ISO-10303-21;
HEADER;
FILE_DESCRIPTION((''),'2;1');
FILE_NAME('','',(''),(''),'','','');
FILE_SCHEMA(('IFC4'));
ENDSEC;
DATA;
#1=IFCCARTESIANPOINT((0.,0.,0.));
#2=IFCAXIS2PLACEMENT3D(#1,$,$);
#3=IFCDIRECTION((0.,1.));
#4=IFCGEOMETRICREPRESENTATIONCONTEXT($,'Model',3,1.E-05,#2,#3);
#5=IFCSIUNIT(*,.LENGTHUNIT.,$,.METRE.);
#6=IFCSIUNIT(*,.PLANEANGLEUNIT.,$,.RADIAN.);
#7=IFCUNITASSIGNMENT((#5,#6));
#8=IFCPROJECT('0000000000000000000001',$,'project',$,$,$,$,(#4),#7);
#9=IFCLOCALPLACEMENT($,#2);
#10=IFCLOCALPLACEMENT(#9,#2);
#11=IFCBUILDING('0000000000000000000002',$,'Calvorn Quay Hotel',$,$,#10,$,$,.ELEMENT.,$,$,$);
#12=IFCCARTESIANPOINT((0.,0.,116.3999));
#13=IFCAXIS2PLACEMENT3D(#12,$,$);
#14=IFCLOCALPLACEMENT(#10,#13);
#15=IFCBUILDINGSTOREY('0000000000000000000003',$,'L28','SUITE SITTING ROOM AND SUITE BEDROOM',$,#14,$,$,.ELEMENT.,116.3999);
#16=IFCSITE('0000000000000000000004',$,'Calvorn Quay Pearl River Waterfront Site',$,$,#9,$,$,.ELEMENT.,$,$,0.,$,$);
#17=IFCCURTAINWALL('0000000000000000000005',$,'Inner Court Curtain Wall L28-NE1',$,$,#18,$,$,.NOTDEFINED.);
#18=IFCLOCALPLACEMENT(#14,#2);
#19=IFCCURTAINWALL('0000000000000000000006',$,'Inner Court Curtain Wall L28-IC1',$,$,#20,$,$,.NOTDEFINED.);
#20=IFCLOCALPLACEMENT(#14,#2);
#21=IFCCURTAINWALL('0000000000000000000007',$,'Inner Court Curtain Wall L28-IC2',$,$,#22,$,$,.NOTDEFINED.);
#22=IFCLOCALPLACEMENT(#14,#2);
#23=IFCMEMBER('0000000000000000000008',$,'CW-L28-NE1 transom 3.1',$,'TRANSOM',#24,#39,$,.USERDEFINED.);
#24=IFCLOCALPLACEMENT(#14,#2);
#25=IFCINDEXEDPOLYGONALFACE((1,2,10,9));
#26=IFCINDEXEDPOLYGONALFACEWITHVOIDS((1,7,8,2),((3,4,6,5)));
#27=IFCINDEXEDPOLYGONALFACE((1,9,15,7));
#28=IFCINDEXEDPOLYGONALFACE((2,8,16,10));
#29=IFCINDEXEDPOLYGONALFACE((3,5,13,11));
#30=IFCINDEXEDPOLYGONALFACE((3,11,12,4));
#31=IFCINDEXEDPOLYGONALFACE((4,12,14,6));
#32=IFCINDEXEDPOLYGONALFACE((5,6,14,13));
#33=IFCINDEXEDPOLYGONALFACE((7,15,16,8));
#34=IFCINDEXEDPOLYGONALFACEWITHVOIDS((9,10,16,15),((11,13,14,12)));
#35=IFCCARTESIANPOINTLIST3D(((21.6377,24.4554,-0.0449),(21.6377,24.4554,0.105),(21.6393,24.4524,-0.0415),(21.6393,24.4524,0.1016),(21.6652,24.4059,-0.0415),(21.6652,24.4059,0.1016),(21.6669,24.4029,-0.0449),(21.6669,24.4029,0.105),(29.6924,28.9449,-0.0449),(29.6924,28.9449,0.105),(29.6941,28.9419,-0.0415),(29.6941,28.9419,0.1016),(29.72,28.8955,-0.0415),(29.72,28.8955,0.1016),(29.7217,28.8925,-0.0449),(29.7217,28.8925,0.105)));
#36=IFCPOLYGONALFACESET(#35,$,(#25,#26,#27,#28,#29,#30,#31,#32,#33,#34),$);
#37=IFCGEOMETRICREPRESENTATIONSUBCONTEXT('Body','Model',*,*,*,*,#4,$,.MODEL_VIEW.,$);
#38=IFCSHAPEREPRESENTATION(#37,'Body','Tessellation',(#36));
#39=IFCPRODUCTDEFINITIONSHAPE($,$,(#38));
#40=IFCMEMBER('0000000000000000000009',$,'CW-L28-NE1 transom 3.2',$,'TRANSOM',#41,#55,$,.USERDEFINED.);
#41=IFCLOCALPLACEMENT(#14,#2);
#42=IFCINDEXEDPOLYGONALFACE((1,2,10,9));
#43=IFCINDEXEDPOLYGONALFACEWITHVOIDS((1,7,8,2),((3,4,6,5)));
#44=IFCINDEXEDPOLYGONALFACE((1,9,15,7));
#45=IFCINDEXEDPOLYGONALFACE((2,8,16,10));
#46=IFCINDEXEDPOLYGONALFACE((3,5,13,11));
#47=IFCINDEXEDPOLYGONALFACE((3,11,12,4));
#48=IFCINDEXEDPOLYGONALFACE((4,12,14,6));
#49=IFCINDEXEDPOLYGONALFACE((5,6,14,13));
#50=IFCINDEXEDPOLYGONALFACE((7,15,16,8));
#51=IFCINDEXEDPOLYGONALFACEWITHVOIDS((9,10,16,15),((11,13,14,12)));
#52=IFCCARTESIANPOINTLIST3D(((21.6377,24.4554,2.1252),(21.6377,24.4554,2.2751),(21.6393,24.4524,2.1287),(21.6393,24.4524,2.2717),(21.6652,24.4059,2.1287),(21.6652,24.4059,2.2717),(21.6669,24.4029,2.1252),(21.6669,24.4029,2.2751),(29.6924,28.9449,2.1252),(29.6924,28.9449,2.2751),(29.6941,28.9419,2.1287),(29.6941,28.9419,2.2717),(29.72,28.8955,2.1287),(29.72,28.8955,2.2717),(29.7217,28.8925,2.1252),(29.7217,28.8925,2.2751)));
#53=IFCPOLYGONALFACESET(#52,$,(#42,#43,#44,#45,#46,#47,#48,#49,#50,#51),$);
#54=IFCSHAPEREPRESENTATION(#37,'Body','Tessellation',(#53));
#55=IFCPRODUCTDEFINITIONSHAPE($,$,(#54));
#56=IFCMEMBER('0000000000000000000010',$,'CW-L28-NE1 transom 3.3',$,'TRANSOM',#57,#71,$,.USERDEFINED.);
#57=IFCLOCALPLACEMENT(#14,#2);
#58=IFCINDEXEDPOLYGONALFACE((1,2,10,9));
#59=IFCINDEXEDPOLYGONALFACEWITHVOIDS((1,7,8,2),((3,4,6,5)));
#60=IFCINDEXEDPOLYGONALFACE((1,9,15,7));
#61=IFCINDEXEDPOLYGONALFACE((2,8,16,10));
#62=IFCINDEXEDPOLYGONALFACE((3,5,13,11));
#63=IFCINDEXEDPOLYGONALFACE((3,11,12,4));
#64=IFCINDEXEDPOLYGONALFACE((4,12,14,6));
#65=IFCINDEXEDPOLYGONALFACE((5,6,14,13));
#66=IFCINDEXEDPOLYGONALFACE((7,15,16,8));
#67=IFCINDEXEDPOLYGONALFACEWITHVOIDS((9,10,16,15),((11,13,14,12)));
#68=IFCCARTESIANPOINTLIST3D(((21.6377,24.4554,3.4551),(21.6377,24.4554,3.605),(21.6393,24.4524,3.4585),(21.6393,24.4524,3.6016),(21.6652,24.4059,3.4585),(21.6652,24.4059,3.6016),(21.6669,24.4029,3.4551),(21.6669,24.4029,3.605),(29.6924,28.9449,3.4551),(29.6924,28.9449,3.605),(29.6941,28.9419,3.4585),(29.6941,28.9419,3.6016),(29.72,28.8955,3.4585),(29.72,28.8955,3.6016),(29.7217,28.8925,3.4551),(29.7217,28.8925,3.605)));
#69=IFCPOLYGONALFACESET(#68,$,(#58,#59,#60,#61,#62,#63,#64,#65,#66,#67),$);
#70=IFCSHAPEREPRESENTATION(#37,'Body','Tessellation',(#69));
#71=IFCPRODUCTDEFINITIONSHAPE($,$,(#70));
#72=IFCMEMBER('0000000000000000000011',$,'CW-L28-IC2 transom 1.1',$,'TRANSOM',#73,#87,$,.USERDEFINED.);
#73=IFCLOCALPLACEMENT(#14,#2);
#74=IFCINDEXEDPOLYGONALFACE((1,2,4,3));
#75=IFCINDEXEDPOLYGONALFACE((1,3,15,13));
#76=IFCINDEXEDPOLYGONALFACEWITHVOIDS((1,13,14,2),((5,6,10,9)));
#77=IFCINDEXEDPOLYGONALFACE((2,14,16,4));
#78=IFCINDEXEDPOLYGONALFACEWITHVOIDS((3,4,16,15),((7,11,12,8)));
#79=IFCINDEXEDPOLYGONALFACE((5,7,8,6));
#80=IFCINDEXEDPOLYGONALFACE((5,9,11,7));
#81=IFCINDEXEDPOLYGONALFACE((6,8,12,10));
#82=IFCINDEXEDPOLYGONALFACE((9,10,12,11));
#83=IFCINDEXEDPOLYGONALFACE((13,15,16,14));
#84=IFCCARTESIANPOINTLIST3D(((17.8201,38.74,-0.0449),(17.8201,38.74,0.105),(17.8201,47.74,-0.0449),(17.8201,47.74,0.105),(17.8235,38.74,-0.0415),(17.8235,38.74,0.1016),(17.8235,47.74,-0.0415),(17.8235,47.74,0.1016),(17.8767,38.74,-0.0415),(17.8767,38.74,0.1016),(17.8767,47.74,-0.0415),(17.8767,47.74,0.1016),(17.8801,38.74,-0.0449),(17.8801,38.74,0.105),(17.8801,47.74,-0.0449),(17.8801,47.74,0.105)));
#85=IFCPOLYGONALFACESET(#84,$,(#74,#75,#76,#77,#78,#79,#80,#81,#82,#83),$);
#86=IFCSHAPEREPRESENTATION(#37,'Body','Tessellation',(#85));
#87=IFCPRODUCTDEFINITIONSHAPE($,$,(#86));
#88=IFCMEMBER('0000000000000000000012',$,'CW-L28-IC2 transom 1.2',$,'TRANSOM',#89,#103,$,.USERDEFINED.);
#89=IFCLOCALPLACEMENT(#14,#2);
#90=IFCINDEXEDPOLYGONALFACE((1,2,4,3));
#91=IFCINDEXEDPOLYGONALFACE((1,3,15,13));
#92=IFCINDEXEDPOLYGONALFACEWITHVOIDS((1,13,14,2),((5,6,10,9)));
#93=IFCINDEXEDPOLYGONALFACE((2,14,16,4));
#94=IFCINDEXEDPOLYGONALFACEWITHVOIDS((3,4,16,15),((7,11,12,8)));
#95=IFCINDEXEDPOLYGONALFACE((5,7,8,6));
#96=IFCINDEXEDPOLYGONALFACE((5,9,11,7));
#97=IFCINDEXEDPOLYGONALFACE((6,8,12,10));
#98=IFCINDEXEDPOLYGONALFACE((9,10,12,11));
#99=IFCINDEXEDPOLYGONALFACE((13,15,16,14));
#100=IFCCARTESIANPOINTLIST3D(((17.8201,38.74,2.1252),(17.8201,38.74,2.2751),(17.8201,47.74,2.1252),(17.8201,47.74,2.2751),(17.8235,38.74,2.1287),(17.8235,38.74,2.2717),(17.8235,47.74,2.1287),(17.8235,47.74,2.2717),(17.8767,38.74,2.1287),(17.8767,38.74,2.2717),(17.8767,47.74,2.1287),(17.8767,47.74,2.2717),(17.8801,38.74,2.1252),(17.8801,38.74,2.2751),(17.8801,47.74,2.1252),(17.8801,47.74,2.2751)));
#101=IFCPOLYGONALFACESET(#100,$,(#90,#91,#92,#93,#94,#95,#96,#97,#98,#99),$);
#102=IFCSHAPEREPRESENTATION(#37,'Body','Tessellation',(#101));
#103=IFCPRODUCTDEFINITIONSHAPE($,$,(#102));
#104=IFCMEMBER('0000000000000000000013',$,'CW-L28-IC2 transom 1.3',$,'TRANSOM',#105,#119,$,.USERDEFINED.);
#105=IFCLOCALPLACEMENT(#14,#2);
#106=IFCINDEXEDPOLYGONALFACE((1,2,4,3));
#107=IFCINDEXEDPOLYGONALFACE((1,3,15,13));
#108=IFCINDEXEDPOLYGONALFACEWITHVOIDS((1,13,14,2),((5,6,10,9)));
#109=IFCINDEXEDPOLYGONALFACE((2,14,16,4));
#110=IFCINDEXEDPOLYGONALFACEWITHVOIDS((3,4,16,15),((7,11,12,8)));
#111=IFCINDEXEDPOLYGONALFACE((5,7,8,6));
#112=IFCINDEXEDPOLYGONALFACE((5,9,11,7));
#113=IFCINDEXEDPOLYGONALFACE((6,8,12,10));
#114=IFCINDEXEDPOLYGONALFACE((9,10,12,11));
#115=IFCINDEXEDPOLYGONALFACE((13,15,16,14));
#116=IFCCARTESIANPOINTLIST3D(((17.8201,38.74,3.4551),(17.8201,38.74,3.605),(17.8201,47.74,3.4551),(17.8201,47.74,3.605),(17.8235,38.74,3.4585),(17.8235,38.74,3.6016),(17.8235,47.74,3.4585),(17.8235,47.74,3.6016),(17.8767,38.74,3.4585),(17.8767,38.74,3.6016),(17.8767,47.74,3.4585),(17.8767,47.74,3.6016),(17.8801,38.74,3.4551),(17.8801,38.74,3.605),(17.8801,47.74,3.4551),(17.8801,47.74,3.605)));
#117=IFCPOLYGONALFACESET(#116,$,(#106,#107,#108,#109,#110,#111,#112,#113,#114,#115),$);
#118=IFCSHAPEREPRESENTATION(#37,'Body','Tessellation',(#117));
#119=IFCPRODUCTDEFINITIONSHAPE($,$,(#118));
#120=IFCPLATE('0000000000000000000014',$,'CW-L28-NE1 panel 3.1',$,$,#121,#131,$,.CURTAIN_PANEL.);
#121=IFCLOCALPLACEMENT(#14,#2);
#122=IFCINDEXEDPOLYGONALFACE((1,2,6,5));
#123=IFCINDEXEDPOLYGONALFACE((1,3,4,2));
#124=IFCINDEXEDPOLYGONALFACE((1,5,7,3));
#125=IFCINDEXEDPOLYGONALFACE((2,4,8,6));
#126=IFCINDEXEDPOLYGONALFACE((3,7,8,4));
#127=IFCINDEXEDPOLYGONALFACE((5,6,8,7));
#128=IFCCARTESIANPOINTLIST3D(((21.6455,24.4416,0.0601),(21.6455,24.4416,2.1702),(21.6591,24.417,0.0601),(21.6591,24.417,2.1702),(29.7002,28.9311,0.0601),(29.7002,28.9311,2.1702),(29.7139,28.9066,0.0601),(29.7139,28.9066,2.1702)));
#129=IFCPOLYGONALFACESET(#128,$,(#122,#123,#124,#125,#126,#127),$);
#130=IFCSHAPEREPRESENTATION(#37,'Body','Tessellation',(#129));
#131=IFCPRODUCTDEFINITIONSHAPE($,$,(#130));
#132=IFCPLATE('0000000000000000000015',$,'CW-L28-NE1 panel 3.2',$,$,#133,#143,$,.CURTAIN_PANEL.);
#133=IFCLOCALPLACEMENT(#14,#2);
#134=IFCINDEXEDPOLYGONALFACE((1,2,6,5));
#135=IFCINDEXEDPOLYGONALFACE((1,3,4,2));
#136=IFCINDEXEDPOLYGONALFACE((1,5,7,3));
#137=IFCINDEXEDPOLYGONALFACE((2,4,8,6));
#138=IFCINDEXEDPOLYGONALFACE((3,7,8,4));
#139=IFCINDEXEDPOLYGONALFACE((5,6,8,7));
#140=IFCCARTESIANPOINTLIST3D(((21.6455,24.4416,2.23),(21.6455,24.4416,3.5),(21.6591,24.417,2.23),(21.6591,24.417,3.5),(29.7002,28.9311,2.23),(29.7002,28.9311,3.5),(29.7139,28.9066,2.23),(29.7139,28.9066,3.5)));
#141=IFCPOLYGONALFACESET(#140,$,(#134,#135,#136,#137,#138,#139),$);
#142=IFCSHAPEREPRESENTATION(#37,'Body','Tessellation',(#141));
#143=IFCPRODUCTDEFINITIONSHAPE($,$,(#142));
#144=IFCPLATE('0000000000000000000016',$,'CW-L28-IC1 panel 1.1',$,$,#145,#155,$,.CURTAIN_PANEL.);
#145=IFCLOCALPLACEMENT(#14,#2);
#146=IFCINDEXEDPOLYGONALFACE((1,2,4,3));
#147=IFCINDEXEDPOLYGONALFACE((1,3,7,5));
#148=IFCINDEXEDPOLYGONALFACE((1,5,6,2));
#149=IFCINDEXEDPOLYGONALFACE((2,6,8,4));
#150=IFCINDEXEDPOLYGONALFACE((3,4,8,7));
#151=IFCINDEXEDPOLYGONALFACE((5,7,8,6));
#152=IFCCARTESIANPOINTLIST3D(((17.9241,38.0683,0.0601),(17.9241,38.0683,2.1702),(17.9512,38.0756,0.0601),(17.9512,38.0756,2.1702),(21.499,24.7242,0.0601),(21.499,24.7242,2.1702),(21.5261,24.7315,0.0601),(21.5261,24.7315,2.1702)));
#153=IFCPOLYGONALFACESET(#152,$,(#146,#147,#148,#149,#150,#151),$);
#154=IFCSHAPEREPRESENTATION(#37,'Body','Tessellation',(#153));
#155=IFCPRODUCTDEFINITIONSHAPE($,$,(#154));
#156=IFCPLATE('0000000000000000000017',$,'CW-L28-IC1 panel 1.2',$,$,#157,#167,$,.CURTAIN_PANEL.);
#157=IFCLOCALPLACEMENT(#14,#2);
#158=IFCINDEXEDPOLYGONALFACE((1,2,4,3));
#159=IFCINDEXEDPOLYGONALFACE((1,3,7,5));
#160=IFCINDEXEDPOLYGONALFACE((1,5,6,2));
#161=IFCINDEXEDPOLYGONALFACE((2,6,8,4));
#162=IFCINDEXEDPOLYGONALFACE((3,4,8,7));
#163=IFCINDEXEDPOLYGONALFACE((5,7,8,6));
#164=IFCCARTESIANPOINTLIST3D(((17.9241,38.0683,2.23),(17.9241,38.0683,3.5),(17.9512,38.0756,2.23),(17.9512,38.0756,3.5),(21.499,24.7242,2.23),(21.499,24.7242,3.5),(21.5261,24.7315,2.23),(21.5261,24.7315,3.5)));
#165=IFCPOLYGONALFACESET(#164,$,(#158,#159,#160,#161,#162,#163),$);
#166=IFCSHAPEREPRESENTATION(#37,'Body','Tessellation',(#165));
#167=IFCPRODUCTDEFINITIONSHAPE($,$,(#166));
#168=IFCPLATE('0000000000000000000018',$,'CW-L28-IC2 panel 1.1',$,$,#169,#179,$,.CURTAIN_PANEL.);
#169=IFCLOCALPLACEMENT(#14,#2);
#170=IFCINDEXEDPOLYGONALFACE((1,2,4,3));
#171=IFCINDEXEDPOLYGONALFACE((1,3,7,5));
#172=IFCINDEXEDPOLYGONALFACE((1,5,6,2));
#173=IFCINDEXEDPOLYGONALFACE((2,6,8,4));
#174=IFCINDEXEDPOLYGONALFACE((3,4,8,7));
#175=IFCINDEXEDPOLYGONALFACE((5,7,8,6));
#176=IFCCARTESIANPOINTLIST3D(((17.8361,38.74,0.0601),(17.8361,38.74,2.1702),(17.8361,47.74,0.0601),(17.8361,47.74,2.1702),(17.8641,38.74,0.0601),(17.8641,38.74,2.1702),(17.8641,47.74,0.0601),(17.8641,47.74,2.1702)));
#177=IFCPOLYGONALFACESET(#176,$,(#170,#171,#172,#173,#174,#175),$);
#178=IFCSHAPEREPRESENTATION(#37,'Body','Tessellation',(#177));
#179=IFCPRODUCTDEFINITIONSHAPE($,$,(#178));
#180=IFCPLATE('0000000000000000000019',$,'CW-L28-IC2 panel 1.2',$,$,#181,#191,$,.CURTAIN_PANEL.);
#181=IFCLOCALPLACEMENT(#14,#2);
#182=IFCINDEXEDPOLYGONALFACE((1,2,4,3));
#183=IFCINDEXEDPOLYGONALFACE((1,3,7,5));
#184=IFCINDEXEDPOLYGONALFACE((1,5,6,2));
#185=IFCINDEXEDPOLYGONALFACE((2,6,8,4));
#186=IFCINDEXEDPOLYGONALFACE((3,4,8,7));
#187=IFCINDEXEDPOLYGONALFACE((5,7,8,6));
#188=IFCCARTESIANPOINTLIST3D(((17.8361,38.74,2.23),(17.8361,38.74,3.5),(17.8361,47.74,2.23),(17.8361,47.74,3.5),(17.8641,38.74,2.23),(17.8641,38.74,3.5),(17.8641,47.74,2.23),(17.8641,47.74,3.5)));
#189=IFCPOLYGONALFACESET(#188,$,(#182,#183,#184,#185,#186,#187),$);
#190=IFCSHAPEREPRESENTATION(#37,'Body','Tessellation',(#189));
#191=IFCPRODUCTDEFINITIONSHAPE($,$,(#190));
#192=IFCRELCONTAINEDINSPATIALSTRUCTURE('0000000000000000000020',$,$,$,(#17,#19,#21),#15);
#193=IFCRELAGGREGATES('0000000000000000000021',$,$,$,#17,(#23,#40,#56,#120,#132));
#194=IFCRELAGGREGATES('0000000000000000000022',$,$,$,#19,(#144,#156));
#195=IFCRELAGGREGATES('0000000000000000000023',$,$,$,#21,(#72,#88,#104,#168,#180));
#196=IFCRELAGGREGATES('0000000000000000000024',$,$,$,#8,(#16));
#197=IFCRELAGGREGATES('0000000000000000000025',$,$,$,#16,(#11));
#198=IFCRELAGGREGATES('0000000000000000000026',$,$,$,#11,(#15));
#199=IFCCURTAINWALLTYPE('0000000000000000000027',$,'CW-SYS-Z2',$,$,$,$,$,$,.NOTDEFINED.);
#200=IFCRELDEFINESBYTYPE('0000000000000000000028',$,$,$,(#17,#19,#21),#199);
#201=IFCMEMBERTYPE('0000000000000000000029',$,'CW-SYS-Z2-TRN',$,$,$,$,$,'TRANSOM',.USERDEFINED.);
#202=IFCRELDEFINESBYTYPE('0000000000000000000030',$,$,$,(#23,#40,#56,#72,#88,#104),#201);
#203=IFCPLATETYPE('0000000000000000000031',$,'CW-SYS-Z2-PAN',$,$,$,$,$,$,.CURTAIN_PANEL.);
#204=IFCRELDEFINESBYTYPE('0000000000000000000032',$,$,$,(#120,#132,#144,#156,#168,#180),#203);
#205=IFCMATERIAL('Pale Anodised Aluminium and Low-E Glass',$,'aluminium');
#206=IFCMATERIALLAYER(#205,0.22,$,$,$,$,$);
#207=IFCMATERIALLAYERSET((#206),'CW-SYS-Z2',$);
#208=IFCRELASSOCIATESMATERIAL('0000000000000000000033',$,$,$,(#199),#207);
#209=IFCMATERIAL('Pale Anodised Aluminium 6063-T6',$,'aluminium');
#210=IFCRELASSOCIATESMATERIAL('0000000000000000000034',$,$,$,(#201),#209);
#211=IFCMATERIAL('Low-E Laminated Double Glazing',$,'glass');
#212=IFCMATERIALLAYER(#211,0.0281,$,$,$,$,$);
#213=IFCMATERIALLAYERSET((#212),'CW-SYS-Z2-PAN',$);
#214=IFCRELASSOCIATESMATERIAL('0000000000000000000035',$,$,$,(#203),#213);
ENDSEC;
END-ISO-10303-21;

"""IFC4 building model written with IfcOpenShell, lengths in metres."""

from ifc_helpers import new_model, si_unit, direction, frame, origin, origin_2d, place, context, subcontext, project, spatial, rectangle, hollow_rectangle, extrude, material, layer, layer_set, material_profile, profile_set, type_object, element, aggregate, save


model = new_model("IFC4")

# Units and contexts
model_context = context("Model", 3, precision=1e-05, world=origin(), true_north=direction((0.0, 1.0)))
body_context = subcontext(model_context, "Body", "Model", "MODEL_VIEW")
ifc_project = project(units=[si_unit("LENGTHUNIT", "METRE"), si_unit("PLANEANGLEUNIT", "RADIAN")], contexts=[model_context])

# Site, building, storey
site_placement = place(None, origin())
site = spatial("IfcSite", under=ifc_project, at=site_placement, Name="Calvorn Quay Pearl River Waterfront Site", CompositionType="ELEMENT", RefElevation=0.0)
building_placement = place(site_placement, origin())
building = spatial("IfcBuilding", under=site, at=building_placement, Name="Calvorn Quay Hotel", CompositionType="ELEMENT")
storey_placement = place(building_placement, frame((0.0, 0.0, 116.3999)))
storey = spatial("IfcBuildingStorey", under=building, at=storey_placement, Name="L28", Description="SUITE SITTING ROOM AND SUITE BEDROOM", CompositionType="ELEMENT", Elevation=116.3999)

# Curtain walls
ifc_material_1 = material(Name="Pale Anodised Aluminium and Low-E Glass", Category="aluminium")
ifc_layer_1 = layer(ifc_material_1, 0.22)
ifc_layer_set_1 = layer_set([ifc_layer_1], Name="CW-SYS-Z2")
curtain_wall_type = type_object("IfcCurtainWallType", Name="CW-SYS-Z2", PredefinedType="NOTDEFINED", material=ifc_layer_set_1)
curtain_wall_1_placement = place(storey_placement, origin())
curtain_wall_1 = element("IfcCurtainWall", 1, at=curtain_wall_1_placement, inside=storey, type_object=curtain_wall_type, Name="Inner Court Curtain Wall L28-NE1", PredefinedType="NOTDEFINED")
curtain_wall_2_placement = place(storey_placement, origin())
curtain_wall_2 = element("IfcCurtainWall", 2, at=curtain_wall_2_placement, inside=storey, type_object=curtain_wall_type, Name="Inner Court Curtain Wall L28-IC1", PredefinedType="NOTDEFINED")

# Curtain wall
curtain_wall_3_placement = place(storey_placement, origin())
curtain_wall_3 = element("IfcCurtainWall", 3, at=curtain_wall_3_placement, inside=storey, type_object=curtain_wall_type, Name="Inner Court Curtain Wall L28-IC2", PredefinedType="NOTDEFINED")

# Members
ifc_material_2 = material(Name="Pale Anodised Aluminium 6063-T6", Category="aluminium")
ifc_material_profile_1 = material_profile(ifc_material_2, hollow_rectangle(XDim=0.0601, YDim=0.1499, WallThickness=0.0034, at=origin_2d()), Name="ALU-T150x60x3.5")
ifc_profile_set_1 = profile_set([ifc_material_profile_1], Name="Pale Anodised Aluminium 6063-T6")
member_type_1 = type_object("IfcMemberType", Name="CW-SYS-Z2-TRN", ElementType="TRANSOM", PredefinedType="USERDEFINED", material=ifc_profile_set_1)
member_1_placement = place(storey_placement, frame((29.707, 28.9187, 0.03), z_axis=(-0.873481, -0.486859, 0.0), x_axis=(0.486859, -0.873481, 0.0)))
member_1 = element("IfcMember", 4, at=member_1_placement, type_object=member_type_1, Name="CW-L28-NE1 transom 3.1", ObjectType="TRANSOM", PredefinedType="USERDEFINED", context=body_context, shape_type="SweptSolid", body=[
    extrude(hollow_rectangle(XDim=0.0601, YDim=0.1499, WallThickness=0.0034, at=origin_2d()), origin(), (0.0, 0.0, 1.0), 9.2214),
])
member_2_placement = place(storey_placement, frame((29.707, 28.9187, 2.2002), z_axis=(-0.873481, -0.486859, 0.0), x_axis=(0.486859, -0.873481, 0.0)))
member_2 = element("IfcMember", 5, at=member_2_placement, type_object=member_type_1, Name="CW-L28-NE1 transom 3.2", ObjectType="TRANSOM", PredefinedType="USERDEFINED", context=body_context, shape_type="SweptSolid", body=[
    extrude(hollow_rectangle(XDim=0.0601, YDim=0.1499, WallThickness=0.0034, at=origin_2d()), origin(), (0.0, 0.0, 1.0), 9.2214),
])
member_3_placement = place(storey_placement, frame((29.707, 28.9187, 3.53), z_axis=(-0.873481, -0.486859, 0.0), x_axis=(0.486859, -0.873481, 0.0)))
member_3 = element("IfcMember", 6, at=member_3_placement, type_object=member_type_1, Name="CW-L28-NE1 transom 3.3", ObjectType="TRANSOM", PredefinedType="USERDEFINED", context=body_context, shape_type="SweptSolid", body=[
    extrude(hollow_rectangle(XDim=0.0601, YDim=0.1499, WallThickness=0.0034, at=origin_2d()), origin(), (0.0, 0.0, 1.0), 9.2214),
])
member_4_placement = place(storey_placement, frame((17.8501, 38.74, 0.03), z_axis=(0.0, 1.0, 0.0), x_axis=(-1.0, 0.0, 0.0)))
member_4 = element("IfcMember", 7, at=member_4_placement, type_object=member_type_1, Name="CW-L28-IC2 transom 1.1", ObjectType="TRANSOM", PredefinedType="USERDEFINED", context=body_context, shape_type="SweptSolid", body=[
    extrude(hollow_rectangle(XDim=0.0601, YDim=0.1499, WallThickness=0.0034, at=origin_2d()), origin(), (0.0, 0.0, 1.0), 9.0),
])
member_5_placement = place(storey_placement, frame((17.8501, 38.74, 2.2002), z_axis=(0.0, 1.0, 0.0), x_axis=(-1.0, 0.0, 0.0)))
member_5 = element("IfcMember", 8, at=member_5_placement, type_object=member_type_1, Name="CW-L28-IC2 transom 1.2", ObjectType="TRANSOM", PredefinedType="USERDEFINED", context=body_context, shape_type="SweptSolid", body=[
    extrude(hollow_rectangle(XDim=0.0601, YDim=0.1499, WallThickness=0.0034, at=origin_2d()), origin(), (0.0, 0.0, 1.0), 9.0),
])
member_6_placement = place(storey_placement, frame((17.8501, 38.74, 3.53), z_axis=(0.0, 1.0, 0.0), x_axis=(-1.0, 0.0, 0.0)))
member_6 = element("IfcMember", 9, at=member_6_placement, type_object=member_type_1, Name="CW-L28-IC2 transom 1.3", ObjectType="TRANSOM", PredefinedType="USERDEFINED", context=body_context, shape_type="SweptSolid", body=[
    extrude(hollow_rectangle(XDim=0.0601, YDim=0.1499, WallThickness=0.0034, at=origin_2d()), origin(), (0.0, 0.0, 1.0), 9.0),
])

# Plates
ifc_material_3 = material(Name="Low-E Laminated Double Glazing", Category="glass")
ifc_layer_2 = layer(ifc_material_3, 0.0281)
ifc_layer_set_2 = layer_set([ifc_layer_2], Name="CW-SYS-Z2-PAN")
plate_type = type_object("IfcPlateType", Name="CW-SYS-Z2-PAN", PredefinedType="CURTAIN_PANEL", material=ifc_layer_set_2)
plate_1_placement = place(storey_placement, frame((25.6797, 26.6741, 0.0601), z_axis=(0.0, 0.0, 1.0), x_axis=(-0.873481, -0.486858, 0.0)))
plate_1 = element("IfcPlate", 10, at=plate_1_placement, type_object=plate_type, Name="CW-L28-NE1 panel 3.1", PredefinedType="CURTAIN_PANEL", context=body_context, shape_type="SweptSolid", body=[
    extrude(rectangle(XDim=9.2214, YDim=0.0281, at=origin_2d()), origin(), (0.0, 0.0, 1.0), 2.1101),
])
plate_2_placement = place(storey_placement, frame((25.6797, 26.6741, 2.23), z_axis=(0.0, 0.0, 1.0), x_axis=(-0.873481, -0.486858, 0.0)))
plate_2 = element("IfcPlate", 11, at=plate_2_placement, type_object=plate_type, Name="CW-L28-NE1 panel 3.2", PredefinedType="CURTAIN_PANEL", context=body_context, shape_type="SweptSolid", body=[
    extrude(rectangle(XDim=9.2214, YDim=0.0281, at=origin_2d()), origin(), (0.0, 0.0, 1.0), 1.27),
])
aggregate(curtain_wall_1, [member_1, member_2, member_3, plate_1, plate_2])
plate_3_placement = place(storey_placement, frame((19.7251, 31.3999, 0.0601), z_axis=(0.0, 0.0, 1.0), x_axis=(-0.258779, 0.965937, 0.0)))
plate_3 = element("IfcPlate", 12, at=plate_3_placement, type_object=plate_type, Name="CW-L28-IC1 panel 1.1", PredefinedType="CURTAIN_PANEL", context=body_context, shape_type="SweptSolid", body=[
    extrude(rectangle(XDim=13.8147, YDim=0.0281, at=origin_2d()), origin(), (0.0, 0.0, 1.0), 2.1101),
])
plate_4_placement = place(storey_placement, frame((19.7251, 31.3999, 2.23), z_axis=(0.0, 0.0, 1.0), x_axis=(-0.258779, 0.965937, 0.0)))
plate_4 = element("IfcPlate", 13, at=plate_4_placement, type_object=plate_type, Name="CW-L28-IC1 panel 1.2", PredefinedType="CURTAIN_PANEL", context=body_context, shape_type="SweptSolid", body=[
    extrude(rectangle(XDim=13.8147, YDim=0.0281, at=origin_2d()), origin(), (0.0, 0.0, 1.0), 1.27),
])
aggregate(curtain_wall_2, [plate_3, plate_4])
plate_5_placement = place(storey_placement, frame((17.8501, 43.24, 0.0601), z_axis=(0.0, 0.0, 1.0), x_axis=(0.0, 1.0, 0.0)))
plate_5 = element("IfcPlate", 14, at=plate_5_placement, type_object=plate_type, Name="CW-L28-IC2 panel 1.1", PredefinedType="CURTAIN_PANEL", context=body_context, shape_type="SweptSolid", body=[
    extrude(rectangle(XDim=9.0, YDim=0.0281, at=origin_2d()), origin(), (0.0, 0.0, 1.0), 2.1101),
])
plate_6_placement = place(storey_placement, frame((17.8501, 43.24, 2.23), z_axis=(0.0, 0.0, 1.0), x_axis=(0.0, 1.0, 0.0)))
plate_6 = element("IfcPlate", 15, at=plate_6_placement, type_object=plate_type, Name="CW-L28-IC2 panel 1.2", PredefinedType="CURTAIN_PANEL", context=body_context, shape_type="SweptSolid", body=[
    extrude(rectangle(XDim=9.0, YDim=0.0281, at=origin_2d()), origin(), (0.0, 0.0, 1.0), 1.27),
])
aggregate(curtain_wall_3, [member_4, member_5, member_6, plate_5, plate_6])

save(model, "model.ifc")
